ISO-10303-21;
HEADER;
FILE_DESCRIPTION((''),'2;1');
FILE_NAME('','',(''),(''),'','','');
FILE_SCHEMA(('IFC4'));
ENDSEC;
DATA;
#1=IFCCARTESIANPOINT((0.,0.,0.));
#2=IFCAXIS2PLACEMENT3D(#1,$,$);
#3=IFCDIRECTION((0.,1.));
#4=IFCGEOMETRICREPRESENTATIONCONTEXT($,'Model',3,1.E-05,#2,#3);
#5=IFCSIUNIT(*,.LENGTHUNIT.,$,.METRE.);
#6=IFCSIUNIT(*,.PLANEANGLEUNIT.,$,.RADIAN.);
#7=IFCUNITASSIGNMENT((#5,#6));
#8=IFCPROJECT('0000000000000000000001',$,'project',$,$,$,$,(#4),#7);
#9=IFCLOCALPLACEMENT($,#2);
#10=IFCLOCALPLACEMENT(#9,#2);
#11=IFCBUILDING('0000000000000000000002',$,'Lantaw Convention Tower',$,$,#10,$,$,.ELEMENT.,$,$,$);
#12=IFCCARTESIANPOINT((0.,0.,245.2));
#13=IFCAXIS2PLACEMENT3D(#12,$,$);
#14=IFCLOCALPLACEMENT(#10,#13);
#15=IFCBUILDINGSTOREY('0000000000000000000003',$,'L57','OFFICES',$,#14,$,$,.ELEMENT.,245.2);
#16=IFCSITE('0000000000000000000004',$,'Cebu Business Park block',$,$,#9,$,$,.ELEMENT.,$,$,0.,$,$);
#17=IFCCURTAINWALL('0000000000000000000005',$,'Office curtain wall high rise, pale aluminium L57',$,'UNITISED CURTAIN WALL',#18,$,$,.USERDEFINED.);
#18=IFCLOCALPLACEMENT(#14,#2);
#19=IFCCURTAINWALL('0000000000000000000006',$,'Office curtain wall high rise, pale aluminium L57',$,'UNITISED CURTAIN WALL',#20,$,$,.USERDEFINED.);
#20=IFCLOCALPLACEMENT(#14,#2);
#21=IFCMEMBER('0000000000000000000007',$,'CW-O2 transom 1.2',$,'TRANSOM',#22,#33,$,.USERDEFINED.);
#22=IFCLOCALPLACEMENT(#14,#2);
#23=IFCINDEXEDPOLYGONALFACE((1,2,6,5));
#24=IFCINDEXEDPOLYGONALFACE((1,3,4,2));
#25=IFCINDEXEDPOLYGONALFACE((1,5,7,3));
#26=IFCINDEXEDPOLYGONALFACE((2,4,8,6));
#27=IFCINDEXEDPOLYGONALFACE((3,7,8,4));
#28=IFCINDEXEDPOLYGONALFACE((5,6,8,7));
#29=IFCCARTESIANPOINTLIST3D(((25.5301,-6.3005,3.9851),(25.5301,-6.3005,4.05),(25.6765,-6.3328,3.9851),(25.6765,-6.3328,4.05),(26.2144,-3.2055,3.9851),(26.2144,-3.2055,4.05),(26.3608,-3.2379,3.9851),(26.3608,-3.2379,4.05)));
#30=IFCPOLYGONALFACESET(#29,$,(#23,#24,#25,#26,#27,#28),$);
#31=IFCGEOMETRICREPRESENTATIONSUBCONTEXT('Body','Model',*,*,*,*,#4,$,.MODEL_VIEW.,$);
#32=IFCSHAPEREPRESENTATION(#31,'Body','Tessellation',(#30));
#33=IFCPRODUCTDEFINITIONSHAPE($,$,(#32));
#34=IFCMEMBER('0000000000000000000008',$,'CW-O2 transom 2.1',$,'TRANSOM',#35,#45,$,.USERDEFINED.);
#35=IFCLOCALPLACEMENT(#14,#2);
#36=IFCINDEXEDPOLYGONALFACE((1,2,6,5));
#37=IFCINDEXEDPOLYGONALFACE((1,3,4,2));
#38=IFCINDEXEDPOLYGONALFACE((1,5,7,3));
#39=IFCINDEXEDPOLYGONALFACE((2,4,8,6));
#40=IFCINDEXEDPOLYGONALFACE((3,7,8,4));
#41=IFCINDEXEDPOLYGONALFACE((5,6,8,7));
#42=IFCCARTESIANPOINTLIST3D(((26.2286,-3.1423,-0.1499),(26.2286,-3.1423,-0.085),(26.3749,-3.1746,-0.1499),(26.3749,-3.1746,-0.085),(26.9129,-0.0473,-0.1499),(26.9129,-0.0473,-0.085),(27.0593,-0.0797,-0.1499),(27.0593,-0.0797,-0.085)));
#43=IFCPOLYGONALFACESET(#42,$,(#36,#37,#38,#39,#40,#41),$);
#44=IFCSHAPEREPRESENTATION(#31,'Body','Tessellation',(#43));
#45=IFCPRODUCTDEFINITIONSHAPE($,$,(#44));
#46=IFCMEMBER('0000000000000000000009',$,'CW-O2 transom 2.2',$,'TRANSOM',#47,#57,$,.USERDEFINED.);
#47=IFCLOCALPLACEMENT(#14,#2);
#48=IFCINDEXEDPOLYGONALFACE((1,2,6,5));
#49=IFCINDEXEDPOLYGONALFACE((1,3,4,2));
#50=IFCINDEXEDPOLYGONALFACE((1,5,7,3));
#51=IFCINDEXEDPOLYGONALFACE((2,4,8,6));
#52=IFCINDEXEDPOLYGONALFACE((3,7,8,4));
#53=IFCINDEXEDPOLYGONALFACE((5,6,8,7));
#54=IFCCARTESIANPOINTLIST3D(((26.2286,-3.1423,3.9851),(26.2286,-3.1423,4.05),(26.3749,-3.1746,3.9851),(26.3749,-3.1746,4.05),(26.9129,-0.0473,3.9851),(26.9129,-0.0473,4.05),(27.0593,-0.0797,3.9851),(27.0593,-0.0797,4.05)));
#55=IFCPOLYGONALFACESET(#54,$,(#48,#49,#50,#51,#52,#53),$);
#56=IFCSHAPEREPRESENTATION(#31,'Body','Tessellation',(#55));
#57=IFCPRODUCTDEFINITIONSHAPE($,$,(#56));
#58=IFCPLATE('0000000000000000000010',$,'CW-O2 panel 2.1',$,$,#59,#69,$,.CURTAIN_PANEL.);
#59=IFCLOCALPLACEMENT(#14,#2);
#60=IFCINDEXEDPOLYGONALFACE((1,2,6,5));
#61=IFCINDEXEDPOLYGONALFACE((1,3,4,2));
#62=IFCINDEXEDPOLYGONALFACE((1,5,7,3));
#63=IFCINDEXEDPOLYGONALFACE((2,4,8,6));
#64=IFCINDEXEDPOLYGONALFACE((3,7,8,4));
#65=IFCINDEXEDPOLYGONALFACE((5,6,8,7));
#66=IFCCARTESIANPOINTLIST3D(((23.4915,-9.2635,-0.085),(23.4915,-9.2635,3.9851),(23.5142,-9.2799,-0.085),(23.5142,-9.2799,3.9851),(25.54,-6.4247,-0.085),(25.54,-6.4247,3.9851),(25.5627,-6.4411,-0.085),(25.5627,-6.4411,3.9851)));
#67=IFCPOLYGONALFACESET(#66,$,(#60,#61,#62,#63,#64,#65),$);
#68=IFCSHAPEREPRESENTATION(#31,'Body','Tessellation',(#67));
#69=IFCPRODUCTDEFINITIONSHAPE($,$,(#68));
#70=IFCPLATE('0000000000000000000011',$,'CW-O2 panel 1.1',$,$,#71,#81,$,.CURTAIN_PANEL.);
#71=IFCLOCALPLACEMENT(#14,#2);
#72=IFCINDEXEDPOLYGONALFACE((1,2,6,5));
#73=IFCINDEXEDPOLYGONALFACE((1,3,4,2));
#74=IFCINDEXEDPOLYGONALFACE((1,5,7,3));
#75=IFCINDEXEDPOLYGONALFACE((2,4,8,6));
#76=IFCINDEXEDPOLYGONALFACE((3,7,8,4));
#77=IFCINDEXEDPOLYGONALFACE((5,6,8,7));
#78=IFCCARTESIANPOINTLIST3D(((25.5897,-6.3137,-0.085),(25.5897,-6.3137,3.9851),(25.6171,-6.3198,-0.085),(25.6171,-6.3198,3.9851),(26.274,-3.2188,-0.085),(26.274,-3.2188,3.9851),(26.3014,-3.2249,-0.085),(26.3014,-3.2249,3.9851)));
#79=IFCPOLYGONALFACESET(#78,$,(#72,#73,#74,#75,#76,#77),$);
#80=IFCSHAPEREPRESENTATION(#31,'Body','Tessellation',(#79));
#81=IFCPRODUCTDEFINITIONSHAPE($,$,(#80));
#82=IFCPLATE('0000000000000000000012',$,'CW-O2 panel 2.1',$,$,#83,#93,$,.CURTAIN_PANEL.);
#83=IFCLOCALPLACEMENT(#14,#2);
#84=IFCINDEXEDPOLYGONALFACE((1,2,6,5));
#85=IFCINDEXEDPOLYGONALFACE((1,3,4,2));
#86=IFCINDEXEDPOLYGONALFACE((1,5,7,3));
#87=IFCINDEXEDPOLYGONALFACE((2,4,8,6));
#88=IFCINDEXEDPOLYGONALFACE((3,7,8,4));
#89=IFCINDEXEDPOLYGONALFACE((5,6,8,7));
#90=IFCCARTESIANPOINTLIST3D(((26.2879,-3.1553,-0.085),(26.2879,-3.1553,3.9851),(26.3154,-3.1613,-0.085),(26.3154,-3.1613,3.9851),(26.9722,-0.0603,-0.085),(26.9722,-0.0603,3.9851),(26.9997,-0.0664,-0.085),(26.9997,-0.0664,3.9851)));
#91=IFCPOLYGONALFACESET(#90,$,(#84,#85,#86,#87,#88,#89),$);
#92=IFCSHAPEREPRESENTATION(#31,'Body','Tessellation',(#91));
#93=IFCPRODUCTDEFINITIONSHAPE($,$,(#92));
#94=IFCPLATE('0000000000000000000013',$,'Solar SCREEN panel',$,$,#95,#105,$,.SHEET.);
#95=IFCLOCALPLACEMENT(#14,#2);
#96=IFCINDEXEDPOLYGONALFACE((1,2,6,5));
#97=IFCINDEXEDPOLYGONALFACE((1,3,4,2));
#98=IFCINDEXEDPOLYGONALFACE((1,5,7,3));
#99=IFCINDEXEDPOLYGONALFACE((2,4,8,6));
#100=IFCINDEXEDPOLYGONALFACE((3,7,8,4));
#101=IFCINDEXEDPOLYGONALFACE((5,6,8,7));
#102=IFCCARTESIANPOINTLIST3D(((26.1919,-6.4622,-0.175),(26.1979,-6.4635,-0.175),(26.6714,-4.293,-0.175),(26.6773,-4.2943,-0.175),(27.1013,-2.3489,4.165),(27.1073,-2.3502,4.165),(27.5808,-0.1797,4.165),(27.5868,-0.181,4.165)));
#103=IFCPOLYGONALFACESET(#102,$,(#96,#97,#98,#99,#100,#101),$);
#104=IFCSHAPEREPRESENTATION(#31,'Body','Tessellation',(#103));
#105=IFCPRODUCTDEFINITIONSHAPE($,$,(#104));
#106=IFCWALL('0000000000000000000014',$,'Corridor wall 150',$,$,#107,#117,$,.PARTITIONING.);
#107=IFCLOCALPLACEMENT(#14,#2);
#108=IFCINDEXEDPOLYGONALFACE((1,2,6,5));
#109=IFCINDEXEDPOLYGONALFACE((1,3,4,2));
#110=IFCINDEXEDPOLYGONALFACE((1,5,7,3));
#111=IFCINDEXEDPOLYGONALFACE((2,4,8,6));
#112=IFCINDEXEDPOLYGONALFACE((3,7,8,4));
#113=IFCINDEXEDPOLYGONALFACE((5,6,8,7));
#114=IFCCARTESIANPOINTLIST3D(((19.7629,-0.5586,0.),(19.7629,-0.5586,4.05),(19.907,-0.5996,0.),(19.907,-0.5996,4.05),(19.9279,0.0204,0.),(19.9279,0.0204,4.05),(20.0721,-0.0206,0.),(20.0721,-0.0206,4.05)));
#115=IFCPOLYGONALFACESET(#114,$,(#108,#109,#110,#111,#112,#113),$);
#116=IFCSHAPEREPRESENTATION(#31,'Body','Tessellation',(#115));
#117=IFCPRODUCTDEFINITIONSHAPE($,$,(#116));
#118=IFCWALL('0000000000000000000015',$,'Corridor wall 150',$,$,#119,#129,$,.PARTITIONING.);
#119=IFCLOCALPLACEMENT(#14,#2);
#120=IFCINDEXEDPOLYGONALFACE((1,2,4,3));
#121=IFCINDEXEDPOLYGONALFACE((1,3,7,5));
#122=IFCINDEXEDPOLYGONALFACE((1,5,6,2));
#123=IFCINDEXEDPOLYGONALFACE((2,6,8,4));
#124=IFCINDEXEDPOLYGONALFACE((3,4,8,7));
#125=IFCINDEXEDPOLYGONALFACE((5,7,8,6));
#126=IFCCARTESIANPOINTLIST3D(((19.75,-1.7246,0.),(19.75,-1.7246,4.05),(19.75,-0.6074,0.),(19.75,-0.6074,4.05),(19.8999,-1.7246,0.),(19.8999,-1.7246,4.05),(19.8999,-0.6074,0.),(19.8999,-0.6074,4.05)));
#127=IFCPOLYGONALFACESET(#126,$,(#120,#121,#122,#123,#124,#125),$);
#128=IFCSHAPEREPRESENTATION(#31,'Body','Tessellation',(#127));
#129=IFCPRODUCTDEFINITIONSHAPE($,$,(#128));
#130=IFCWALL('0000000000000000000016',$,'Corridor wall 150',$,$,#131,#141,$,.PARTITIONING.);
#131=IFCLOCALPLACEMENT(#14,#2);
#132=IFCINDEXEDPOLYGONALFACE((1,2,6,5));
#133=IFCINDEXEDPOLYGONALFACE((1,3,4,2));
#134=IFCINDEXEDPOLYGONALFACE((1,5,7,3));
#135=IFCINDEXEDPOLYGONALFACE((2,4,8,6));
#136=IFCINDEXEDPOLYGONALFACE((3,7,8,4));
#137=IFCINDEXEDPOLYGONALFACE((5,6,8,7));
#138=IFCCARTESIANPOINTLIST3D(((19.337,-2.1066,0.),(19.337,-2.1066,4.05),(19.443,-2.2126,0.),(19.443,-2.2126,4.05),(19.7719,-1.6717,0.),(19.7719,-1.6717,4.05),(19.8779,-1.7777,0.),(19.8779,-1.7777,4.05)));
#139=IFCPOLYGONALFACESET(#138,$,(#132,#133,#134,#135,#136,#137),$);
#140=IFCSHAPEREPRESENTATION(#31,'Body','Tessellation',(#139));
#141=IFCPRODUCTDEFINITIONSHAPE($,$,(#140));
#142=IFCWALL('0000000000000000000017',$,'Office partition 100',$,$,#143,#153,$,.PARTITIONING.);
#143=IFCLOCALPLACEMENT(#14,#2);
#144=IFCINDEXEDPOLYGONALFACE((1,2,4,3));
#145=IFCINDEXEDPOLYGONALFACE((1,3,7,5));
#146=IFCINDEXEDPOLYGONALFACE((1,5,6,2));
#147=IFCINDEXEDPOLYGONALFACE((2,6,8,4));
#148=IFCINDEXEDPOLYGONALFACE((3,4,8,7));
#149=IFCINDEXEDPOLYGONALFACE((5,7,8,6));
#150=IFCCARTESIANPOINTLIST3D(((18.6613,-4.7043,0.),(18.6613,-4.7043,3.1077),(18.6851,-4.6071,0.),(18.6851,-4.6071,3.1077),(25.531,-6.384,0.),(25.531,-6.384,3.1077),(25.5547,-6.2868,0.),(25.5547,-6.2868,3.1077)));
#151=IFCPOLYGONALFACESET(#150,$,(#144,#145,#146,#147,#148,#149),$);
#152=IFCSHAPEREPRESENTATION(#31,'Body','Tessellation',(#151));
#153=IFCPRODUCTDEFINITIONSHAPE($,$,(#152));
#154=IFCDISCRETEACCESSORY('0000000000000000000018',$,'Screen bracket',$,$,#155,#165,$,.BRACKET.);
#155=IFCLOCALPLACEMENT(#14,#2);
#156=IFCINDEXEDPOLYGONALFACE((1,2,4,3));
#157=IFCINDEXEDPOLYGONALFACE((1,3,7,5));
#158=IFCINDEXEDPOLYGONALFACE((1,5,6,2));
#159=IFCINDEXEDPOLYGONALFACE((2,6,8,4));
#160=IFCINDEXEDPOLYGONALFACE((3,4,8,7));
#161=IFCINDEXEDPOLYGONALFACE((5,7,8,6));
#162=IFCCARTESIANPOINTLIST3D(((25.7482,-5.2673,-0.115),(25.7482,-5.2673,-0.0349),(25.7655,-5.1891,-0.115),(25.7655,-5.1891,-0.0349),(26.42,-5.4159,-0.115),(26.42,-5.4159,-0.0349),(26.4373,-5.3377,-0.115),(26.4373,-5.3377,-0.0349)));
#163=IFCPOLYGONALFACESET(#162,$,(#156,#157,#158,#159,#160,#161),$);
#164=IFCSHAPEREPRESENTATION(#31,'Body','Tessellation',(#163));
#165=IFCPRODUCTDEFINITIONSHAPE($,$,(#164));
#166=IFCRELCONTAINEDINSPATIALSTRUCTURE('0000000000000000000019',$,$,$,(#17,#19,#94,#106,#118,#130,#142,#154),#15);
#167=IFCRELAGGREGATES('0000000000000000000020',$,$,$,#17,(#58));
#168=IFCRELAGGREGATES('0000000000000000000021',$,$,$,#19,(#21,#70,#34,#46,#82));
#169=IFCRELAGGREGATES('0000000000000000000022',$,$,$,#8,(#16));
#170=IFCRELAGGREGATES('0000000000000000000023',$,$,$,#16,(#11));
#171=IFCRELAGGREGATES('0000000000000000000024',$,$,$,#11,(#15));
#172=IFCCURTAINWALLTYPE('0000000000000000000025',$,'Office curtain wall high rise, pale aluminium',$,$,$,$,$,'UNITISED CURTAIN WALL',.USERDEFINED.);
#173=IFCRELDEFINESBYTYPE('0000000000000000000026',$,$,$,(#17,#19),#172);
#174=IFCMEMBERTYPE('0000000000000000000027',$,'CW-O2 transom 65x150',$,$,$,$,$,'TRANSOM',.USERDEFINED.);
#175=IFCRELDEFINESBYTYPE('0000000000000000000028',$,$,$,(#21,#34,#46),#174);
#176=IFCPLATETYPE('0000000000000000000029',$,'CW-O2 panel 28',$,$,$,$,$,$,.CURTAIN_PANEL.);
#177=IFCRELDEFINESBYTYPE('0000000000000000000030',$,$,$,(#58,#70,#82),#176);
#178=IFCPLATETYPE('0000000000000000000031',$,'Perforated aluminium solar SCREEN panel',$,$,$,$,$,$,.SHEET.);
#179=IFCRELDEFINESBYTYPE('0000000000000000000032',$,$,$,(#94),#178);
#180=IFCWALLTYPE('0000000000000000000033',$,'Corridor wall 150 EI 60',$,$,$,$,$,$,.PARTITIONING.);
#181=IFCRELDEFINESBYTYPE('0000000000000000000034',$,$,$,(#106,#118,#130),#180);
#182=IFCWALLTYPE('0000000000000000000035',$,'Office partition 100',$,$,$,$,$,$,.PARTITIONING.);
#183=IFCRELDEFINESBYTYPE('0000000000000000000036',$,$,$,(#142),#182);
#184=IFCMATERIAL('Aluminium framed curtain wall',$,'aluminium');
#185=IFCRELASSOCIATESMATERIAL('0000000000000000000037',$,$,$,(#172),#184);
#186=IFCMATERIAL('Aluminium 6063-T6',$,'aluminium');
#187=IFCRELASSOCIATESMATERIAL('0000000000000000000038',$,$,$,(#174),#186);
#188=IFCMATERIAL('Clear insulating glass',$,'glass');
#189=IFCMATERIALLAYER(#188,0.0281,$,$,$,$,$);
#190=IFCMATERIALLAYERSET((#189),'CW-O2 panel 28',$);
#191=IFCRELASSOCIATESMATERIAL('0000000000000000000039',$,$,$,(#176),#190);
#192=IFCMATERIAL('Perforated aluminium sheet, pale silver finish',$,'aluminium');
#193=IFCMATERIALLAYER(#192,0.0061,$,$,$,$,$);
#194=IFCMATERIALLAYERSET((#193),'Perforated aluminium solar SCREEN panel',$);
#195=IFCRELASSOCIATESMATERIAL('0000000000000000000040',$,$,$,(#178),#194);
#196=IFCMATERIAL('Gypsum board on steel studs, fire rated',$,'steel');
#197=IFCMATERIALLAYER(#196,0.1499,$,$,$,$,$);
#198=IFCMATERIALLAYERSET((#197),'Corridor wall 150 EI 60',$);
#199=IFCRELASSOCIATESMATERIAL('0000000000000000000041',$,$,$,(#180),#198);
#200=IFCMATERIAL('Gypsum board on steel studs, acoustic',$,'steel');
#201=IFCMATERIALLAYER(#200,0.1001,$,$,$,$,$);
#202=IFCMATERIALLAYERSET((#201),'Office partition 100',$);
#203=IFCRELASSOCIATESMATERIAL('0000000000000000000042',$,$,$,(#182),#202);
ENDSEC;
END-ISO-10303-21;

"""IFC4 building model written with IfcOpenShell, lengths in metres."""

from ifc_helpers import new_model, si_unit, direction, frame, frame_2d, origin, origin_2d, place, context, subcontext, project, spatial, polyline, rectangle, outline, extrude, material, layer, layer_set, material_profile, profile_set, type_object, element, aggregate, save


model = new_model("IFC4")

# Units and contexts
model_context = context("Model", 3, precision=1e-05, world=origin(), true_north=direction((0.0, 1.0)))
body_context = subcontext(model_context, "Body", "Model", "MODEL_VIEW")
ifc_project = project(units=[si_unit("LENGTHUNIT", "METRE"), si_unit("PLANEANGLEUNIT", "RADIAN")], contexts=[model_context])

# Site, building, storey
site_placement = place(None, origin())
site = spatial("IfcSite", under=ifc_project, at=site_placement, Name="Cebu Business Park block", CompositionType="ELEMENT", RefElevation=0.0)
building_placement = place(site_placement, origin())
building = spatial("IfcBuilding", under=site, at=building_placement, Name="Lantaw Convention Tower", CompositionType="ELEMENT")
storey_placement = place(building_placement, frame((0.0, 0.0, 245.2)))
storey = spatial("IfcBuildingStorey", under=building, at=storey_placement, Name="L57", Description="OFFICES", CompositionType="ELEMENT", Elevation=245.2)

# Curtain wall
ifc_material_1 = material(Name="Aluminium framed curtain wall", Category="aluminium")
curtain_wall_type = type_object("IfcCurtainWallType", Name="Office curtain wall high rise, pale aluminium", ElementType="UNITISED CURTAIN WALL", PredefinedType="USERDEFINED", material=ifc_material_1)
curtain_wall_1_placement = place(storey_placement, origin())
curtain_wall_1 = element("IfcCurtainWall", 1, at=curtain_wall_1_placement, inside=storey, type_object=curtain_wall_type, Name="Office curtain wall high rise, pale aluminium L57", ObjectType="UNITISED CURTAIN WALL", PredefinedType="USERDEFINED")
ifc_material_2 = material(Name="Aluminium 6063-T6", Category="aluminium")

# Curtain wall, members
curtain_wall_2_placement = place(storey_placement, origin())
curtain_wall_2 = element("IfcCurtainWall", 2, at=curtain_wall_2_placement, inside=storey, type_object=curtain_wall_type, Name="Office curtain wall high rise, pale aluminium L57", ObjectType="UNITISED CURTAIN WALL", PredefinedType="USERDEFINED")
ifc_material_profile_1 = material_profile(ifc_material_2, rectangle(XDim=0.1499, YDim=0.0649, at=origin_2d()), Name="CW-O2 transom 65x150")
ifc_profile_set_1 = profile_set([ifc_material_profile_1], Name="Aluminium 6063-T6")
member_type_1 = type_object("IfcMemberType", Name="CW-O2 transom 65x150", ElementType="TRANSOM", PredefinedType="USERDEFINED", material=ifc_profile_set_1)
member_1_placement = place(storey_placement, frame((25.6033, -6.3167, 4.0176), z_axis=(0.215895, 0.976417, 0.0), x_axis=(-0.976417, 0.215895, 0.0)))
member_1 = element("IfcMember", 3, at=member_1_placement, type_object=member_type_1, Name="CW-O2 transom 1.2", ObjectType="TRANSOM", PredefinedType="USERDEFINED", context=body_context, shape_type="SweptSolid", body=[
    extrude(rectangle(XDim=0.1499, YDim=0.0649, at=origin_2d()), origin(), (0.0, 0.0, 1.0), 3.1697),
])
member_2_placement = place(storey_placement, frame((26.3018, -3.1584, -0.1174), z_axis=(0.215895, 0.976417, 0.0), x_axis=(-0.976417, 0.215895, 0.0)))
member_2 = element("IfcMember", 4, at=member_2_placement, type_object=member_type_1, Name="CW-O2 transom 2.1", ObjectType="TRANSOM", PredefinedType="USERDEFINED", context=body_context, shape_type="SweptSolid", body=[
    extrude(rectangle(XDim=0.1499, YDim=0.0649, at=origin_2d()), origin(), (0.0, 0.0, 1.0), 3.1697),
])
member_3_placement = place(storey_placement, frame((26.3018, -3.1584, 4.0176), z_axis=(0.215895, 0.976417, 0.0), x_axis=(-0.976417, 0.215895, 0.0)))
member_3 = element("IfcMember", 5, at=member_3_placement, type_object=member_type_1, Name="CW-O2 transom 2.2", ObjectType="TRANSOM", PredefinedType="USERDEFINED", context=body_context, shape_type="SweptSolid", body=[
    extrude(rectangle(XDim=0.1499, YDim=0.0649, at=origin_2d()), origin(), (0.0, 0.0, 1.0), 3.1697),
])

# Plates
ifc_material_3 = material(Name="Clear insulating glass", Category="glass")
ifc_layer_1 = layer(ifc_material_3, 0.0281)
ifc_layer_set_1 = layer_set([ifc_layer_1], Name="CW-O2 panel 28")
plate_type_1 = type_object("IfcPlateType", Name="CW-O2 panel 28", PredefinedType="CURTAIN_PANEL", material=ifc_layer_set_1)
plate_1_placement = place(storey_placement, frame((24.5271, -7.8523, -0.085), z_axis=(0.0, 0.0, 1.0), x_axis=(0.585158, 0.81092, 0.0)))
plate_1 = element("IfcPlate", 6, at=plate_1_placement, type_object=plate_type_1, Name="CW-O2 panel 2.1", PredefinedType="CURTAIN_PANEL", context=body_context, shape_type="SweptSolid", body=[
    extrude(rectangle(XDim=3.5007, YDim=0.0281, at=origin_2d()), origin(), (0.0, 0.0, 1.0), 4.0701),
])
aggregate(curtain_wall_1, [plate_1])
plate_2_placement = place(storey_placement, frame((25.9456, -4.7693, -0.085), z_axis=(0.0, 0.0, 1.0), x_axis=(0.215891, 0.976417, 0.0)))
plate_2 = element("IfcPlate", 7, at=plate_2_placement, type_object=plate_type_1, Name="CW-O2 panel 1.1", PredefinedType="CURTAIN_PANEL", context=body_context, shape_type="SweptSolid", body=[
    extrude(rectangle(XDim=3.1697, YDim=0.0281, at=origin_2d()), origin(), (0.0, 0.0, 1.0), 4.0701),
])
plate_3_placement = place(storey_placement, frame((26.6438, -1.6108, -0.085), z_axis=(0.0, 0.0, 1.0), x_axis=(0.215891, 0.976417, 0.0)))
plate_3 = element("IfcPlate", 8, at=plate_3_placement, type_object=plate_type_1, Name="CW-O2 panel 2.1", PredefinedType="CURTAIN_PANEL", context=body_context, shape_type="SweptSolid", body=[
    extrude(rectangle(XDim=3.1697, YDim=0.0281, at=origin_2d()), origin(), (0.0, 0.0, 1.0), 4.0701),
])
aggregate(curtain_wall_2, [member_1, plate_2, member_2, member_3, plate_3])
ifc_material_4 = material(Name="Perforated aluminium sheet, pale silver finish", Category="aluminium")
ifc_layer_2 = layer(ifc_material_4, 0.0061)
ifc_layer_set_2 = layer_set([ifc_layer_2], Name="Perforated aluminium solar SCREEN panel")
plate_type_2 = type_object("IfcPlateType", Name="Perforated aluminium solar SCREEN panel", PredefinedType="SHEET", material=ifc_layer_set_2)
plate_4_placement = place(storey_placement, frame((26.1919, -6.4622, -0.175), z_axis=(-0.97643, 0.215837, 0.000044), x_axis=(0.215837, 0.97643, 0.0)))
element("IfcPlate", 9, at=plate_4_placement, inside=storey, type_object=plate_type_2, Name="Solar SCREEN panel", PredefinedType="SHEET", context=body_context, shape_type="SweptSolid", body=[
    extrude(outline(polyline([(0.0, 0.0), (2.2216, 0.0), (6.4342, -4.3401), (4.2126, -4.3401), (0.0, 0.0)])), origin(), (0.0, 0.0, -1.0), 0.0061),
])

# Walls
ifc_material_5 = material(Name="Gypsum board on steel studs, fire rated", Category="steel")
ifc_layer_3 = layer(ifc_material_5, 0.1499)
ifc_layer_set_3 = layer_set([ifc_layer_3], Name="Corridor wall 150 EI 60")
wall_type_1 = type_object("IfcWallType", Name="Corridor wall 150 EI 60", PredefinedType="PARTITIONING", material=ifc_layer_set_3)
wall_1_placement = place(storey_placement, frame((19.835, -0.5791, 0.0), z_axis=(0.0, 0.0, 1.0), x_axis=(0.274078, 0.961707, 0.0)))
element("IfcWall", 10, at=wall_1_placement, inside=storey, type_object=wall_type_1, Name="Corridor wall 150", PredefinedType="PARTITIONING", context=body_context, shape_type="SweptSolid", body=[
    extrude(rectangle(XDim=0.6021, YDim=0.1499, at=frame_2d((0.301, 0.0))), origin(), (0.0, 0.0, 1.0), 4.05),
])
wall_2_placement = place(storey_placement, frame((19.825, -0.6074, 0.0), z_axis=(0.0, 0.0, 1.0), x_axis=(0.0, -1.0, 0.0)))
element("IfcWall", 11, at=wall_2_placement, inside=storey, type_object=wall_type_1, Name="Corridor wall 150", PredefinedType="PARTITIONING", context=body_context, shape_type="SweptSolid", body=[
    extrude(rectangle(XDim=1.1172, YDim=0.1499, at=frame_2d((0.5586, 0.0))), origin(), (0.0, 0.0, 1.0), 4.05),
])
wall_3_placement = place(storey_placement, frame((19.825, -1.7246, 0.0), z_axis=(0.0, 0.0, 1.0), x_axis=(-0.707107, -0.707107, 0.0)))
element("IfcWall", 12, at=wall_3_placement, inside=storey, type_object=wall_type_1, Name="Corridor wall 150", PredefinedType="PARTITIONING", context=body_context, shape_type="SweptSolid", body=[
    extrude(rectangle(XDim=0.615, YDim=0.1499, at=frame_2d((0.3076, 0.0))), origin(), (0.0, 0.0, 1.0), 4.05),
])
ifc_material_6 = material(Name="Gypsum board on steel studs, acoustic", Category="steel")
ifc_layer_4 = layer(ifc_material_6, 0.1001)
ifc_layer_set_4 = layer_set([ifc_layer_4], Name="Office partition 100")
wall_type_2 = type_object("IfcWallType", Name="Office partition 100", PredefinedType="PARTITIONING", material=ifc_layer_set_4)
wall_4_placement = place(storey_placement, frame((25.543, -6.3354, 0.0), z_axis=(0.0, 0.0, 1.0), x_axis=(-0.971384, 0.237512, 0.0)))
element("IfcWall", 13, at=wall_4_placement, inside=storey, type_object=wall_type_2, Name="Office partition 100", PredefinedType="PARTITIONING", context=body_context, shape_type="SweptSolid", body=[
    extrude(rectangle(XDim=7.072, YDim=0.1001, at=frame_2d((3.5361, 0.0))), origin(), (0.0, 0.0, 1.0), 3.1077),
])

# Discrete accessory
discrete_accessory_placement = place(storey_placement, frame((26.0928, -5.3025, -0.115), z_axis=(0.0, 0.0, 1.0), x_axis=(0.215891, 0.976417, 0.0)))
element("IfcDiscreteAccessory", 14, at=discrete_accessory_placement, inside=storey, Name="Screen bracket", PredefinedType="BRACKET", context=body_context, shape_type="SweptSolid", body=[
    extrude(rectangle(XDim=0.0801, YDim=0.688, at=origin_2d()), origin(), (0.0, 0.0, 1.0), 0.0801),
])

save(model, "model.ifc")
